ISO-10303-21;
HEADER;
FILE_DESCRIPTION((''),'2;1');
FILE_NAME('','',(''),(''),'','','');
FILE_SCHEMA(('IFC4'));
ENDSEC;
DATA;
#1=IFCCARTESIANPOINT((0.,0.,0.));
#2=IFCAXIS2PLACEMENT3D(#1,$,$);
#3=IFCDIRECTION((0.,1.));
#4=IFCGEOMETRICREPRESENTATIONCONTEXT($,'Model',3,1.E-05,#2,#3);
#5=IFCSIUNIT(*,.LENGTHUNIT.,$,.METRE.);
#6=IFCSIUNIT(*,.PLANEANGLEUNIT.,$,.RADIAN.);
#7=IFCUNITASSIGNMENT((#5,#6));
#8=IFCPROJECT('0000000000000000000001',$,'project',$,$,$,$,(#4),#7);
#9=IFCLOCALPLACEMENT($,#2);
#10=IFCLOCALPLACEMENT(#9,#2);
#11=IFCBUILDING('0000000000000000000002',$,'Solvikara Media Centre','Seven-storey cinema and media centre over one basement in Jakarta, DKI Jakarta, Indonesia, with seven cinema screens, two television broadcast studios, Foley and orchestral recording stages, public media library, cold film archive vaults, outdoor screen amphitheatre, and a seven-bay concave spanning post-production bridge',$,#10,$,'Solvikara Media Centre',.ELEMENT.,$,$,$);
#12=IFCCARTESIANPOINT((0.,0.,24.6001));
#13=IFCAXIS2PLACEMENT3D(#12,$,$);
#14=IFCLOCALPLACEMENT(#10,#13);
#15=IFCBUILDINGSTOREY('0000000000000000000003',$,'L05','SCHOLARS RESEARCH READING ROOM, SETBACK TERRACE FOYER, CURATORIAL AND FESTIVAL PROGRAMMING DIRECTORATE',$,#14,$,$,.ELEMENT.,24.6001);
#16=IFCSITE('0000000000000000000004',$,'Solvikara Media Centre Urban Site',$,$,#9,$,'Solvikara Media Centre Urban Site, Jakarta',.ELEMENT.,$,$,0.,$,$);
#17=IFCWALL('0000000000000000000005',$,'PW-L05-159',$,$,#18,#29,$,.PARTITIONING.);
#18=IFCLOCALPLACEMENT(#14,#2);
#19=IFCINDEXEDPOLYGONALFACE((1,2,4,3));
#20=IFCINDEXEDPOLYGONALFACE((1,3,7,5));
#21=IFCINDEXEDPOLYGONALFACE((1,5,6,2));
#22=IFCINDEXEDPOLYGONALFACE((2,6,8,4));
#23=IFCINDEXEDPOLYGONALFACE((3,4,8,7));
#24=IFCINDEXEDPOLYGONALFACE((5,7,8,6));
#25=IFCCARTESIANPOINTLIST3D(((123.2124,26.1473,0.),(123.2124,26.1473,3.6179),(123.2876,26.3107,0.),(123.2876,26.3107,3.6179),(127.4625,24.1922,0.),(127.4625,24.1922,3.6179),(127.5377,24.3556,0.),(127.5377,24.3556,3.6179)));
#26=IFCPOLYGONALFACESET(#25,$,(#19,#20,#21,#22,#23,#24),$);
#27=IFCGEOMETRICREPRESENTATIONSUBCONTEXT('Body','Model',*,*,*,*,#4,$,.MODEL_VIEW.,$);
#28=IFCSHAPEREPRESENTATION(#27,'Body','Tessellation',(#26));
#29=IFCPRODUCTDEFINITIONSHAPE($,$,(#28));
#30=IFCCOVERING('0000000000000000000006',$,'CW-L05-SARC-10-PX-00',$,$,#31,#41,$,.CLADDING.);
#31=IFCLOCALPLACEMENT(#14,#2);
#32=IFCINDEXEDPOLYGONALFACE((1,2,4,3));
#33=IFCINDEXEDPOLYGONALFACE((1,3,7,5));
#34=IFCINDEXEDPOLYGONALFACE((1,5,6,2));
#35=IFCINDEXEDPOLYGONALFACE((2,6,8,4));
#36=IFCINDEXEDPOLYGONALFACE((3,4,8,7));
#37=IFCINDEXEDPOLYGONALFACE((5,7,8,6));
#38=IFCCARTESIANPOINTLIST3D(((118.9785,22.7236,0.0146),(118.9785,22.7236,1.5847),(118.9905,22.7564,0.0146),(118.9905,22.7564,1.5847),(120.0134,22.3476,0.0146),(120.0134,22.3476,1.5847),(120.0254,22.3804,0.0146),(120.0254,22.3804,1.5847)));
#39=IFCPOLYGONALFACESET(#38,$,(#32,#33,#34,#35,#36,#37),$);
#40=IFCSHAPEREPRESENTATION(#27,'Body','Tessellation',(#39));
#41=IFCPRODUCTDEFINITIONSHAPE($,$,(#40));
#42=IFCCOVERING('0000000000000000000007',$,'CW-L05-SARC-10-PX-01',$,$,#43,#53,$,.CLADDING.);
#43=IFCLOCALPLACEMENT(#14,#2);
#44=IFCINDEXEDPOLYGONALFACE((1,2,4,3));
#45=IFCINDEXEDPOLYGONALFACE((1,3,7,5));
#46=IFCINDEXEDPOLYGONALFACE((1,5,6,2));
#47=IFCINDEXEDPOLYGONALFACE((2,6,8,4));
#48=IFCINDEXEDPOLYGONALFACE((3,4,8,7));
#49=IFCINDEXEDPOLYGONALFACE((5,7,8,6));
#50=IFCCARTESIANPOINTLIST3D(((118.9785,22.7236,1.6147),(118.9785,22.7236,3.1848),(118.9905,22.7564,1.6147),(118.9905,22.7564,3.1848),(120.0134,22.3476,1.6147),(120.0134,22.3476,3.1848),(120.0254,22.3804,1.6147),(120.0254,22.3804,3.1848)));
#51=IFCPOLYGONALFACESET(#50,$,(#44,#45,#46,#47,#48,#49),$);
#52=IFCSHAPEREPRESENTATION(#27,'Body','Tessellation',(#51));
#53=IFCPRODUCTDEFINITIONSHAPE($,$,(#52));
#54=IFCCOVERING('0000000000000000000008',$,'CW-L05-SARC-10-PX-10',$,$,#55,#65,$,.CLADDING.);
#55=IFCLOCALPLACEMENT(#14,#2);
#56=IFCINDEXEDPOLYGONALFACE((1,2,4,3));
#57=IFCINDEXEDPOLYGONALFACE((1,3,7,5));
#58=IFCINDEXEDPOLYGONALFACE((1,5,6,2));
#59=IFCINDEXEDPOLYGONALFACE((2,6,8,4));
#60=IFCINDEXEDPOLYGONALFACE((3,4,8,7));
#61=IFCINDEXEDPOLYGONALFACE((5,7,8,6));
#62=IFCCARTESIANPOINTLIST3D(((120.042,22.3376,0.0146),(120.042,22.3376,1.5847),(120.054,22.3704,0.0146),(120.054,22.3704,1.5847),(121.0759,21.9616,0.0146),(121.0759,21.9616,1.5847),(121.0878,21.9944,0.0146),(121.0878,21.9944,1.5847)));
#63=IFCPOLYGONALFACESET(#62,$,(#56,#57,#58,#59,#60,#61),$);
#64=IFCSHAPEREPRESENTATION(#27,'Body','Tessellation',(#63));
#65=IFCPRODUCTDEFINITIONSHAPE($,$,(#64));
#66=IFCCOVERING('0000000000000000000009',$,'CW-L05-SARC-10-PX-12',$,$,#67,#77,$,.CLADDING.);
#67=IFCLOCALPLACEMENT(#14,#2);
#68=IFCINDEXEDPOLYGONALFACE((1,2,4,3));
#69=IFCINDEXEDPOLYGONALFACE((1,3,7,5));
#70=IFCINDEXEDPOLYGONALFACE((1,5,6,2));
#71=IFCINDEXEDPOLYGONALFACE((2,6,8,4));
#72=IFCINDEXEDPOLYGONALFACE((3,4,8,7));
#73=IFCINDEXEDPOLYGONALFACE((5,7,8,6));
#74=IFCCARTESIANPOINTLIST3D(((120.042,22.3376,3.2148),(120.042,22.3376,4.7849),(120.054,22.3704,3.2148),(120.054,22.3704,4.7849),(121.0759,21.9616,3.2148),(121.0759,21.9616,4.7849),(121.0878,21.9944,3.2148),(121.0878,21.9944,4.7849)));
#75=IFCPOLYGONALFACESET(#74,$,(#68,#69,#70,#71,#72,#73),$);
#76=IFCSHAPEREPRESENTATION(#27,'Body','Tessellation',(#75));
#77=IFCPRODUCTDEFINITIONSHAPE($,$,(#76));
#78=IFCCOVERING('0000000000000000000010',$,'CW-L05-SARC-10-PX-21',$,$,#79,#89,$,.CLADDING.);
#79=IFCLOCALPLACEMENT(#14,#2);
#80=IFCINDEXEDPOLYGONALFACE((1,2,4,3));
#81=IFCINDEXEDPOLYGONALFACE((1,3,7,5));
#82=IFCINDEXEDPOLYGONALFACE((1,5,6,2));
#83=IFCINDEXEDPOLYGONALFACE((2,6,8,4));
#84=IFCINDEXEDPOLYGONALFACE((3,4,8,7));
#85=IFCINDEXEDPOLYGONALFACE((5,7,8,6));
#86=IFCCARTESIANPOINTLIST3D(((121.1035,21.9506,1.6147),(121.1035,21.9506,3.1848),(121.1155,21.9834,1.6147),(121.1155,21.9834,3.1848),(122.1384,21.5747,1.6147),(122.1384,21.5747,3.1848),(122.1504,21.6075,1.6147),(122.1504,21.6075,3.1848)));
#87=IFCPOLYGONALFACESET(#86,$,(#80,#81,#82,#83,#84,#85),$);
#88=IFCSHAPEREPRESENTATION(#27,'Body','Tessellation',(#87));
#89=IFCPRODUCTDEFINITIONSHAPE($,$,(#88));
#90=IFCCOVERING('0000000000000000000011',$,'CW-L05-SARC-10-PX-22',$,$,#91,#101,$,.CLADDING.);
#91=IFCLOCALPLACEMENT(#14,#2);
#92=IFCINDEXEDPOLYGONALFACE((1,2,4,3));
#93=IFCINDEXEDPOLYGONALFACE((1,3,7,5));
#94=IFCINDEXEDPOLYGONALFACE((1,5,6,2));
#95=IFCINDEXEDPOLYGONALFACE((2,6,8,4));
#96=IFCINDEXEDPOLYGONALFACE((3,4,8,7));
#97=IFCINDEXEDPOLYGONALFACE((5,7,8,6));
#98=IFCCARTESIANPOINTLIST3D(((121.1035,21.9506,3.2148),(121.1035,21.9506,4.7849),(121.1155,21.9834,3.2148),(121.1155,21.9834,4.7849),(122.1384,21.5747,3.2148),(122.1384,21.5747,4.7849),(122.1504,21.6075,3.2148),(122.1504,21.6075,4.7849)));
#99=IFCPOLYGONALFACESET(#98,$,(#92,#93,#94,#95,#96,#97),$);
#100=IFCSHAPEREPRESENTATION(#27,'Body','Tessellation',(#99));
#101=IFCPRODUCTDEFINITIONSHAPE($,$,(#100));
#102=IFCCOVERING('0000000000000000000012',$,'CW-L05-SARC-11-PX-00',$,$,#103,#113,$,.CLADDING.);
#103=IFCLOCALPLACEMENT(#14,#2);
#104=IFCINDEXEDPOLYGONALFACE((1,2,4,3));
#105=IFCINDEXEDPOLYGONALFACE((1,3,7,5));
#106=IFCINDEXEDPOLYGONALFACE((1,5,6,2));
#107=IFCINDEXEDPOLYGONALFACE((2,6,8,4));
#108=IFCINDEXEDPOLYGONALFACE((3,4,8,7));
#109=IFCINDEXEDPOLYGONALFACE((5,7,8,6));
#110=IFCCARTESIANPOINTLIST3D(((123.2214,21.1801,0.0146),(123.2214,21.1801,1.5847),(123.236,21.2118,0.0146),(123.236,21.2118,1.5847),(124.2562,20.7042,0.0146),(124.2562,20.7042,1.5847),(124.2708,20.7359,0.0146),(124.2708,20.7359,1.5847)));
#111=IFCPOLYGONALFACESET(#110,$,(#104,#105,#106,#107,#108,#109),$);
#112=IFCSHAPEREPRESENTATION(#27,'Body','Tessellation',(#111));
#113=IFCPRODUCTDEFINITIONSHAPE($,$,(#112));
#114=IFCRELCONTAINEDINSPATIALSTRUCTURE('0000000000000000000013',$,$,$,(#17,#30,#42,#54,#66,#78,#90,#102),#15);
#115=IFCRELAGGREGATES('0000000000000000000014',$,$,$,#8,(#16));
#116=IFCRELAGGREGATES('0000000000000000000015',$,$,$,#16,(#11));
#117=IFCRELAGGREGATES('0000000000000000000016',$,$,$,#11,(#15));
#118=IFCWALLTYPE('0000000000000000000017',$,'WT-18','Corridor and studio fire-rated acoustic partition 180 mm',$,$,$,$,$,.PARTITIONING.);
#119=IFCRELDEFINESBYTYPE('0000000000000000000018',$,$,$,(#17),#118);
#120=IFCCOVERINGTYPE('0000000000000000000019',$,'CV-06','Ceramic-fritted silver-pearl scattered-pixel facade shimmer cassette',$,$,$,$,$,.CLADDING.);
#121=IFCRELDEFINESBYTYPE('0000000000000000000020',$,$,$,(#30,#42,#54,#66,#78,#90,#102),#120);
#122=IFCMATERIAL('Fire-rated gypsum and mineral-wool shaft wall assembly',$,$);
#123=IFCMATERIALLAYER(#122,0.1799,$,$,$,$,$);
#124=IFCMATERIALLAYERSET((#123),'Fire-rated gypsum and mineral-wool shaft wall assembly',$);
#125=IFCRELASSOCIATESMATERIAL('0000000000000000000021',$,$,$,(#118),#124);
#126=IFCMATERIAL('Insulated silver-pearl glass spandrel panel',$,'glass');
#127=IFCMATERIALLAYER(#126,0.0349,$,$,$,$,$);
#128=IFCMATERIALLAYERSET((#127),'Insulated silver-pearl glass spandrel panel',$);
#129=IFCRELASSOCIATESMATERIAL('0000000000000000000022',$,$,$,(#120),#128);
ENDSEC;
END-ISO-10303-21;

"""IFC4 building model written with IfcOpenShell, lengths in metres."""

from ifc_helpers import new_model, si_unit, direction, frame, frame_2d, origin, origin_2d, place, context, subcontext, project, spatial, rectangle, extrude, material, layer, layer_set, type_object, element, save


model = new_model("IFC4")

# Units and contexts
model_context = context("Model", 3, precision=1e-05, world=origin(), true_north=direction((0.0, 1.0)))
body_context = subcontext(model_context, "Body", "Model", "MODEL_VIEW")
ifc_project = project(units=[si_unit("LENGTHUNIT", "METRE"), si_unit("PLANEANGLEUNIT", "RADIAN")], contexts=[model_context])

# Site, building, storey
site_placement = place(None, origin())
site = spatial("IfcSite", under=ifc_project, at=site_placement, Name="Solvikara Media Centre Urban Site", LongName="Solvikara Media Centre Urban Site, Jakarta", CompositionType="ELEMENT", RefElevation=0.0)
building_placement = place(site_placement, origin())
building = spatial("IfcBuilding", under=site, at=building_placement, Name="Solvikara Media Centre", Description="Seven-storey cinema and media centre over one basement in Jakarta, DKI Jakarta, Indonesia, with seven cinema screens, two television broadcast studios, Foley and orchestral recording stages, public media library, cold film archive vaults, outdoor screen amphitheatre, and a seven-bay concave spanning post-production bridge", LongName="Solvikara Media Centre", CompositionType="ELEMENT")
storey_placement = place(building_placement, frame((0.0, 0.0, 24.6001)))
storey = spatial("IfcBuildingStorey", under=building, at=storey_placement, Name="L05", Description="SCHOLARS RESEARCH READING ROOM, SETBACK TERRACE FOYER, CURATORIAL AND FESTIVAL PROGRAMMING DIRECTORATE", CompositionType="ELEMENT", Elevation=24.6001)

# Shared definitions
ifc_material_1 = material(Name="Insulated silver-pearl glass spandrel panel", Category="glass")

# Wall
ifc_material_2 = material(Name="Fire-rated gypsum and mineral-wool shaft wall assembly")
ifc_layer_1 = layer(ifc_material_2, 0.1799)
ifc_layer_set_1 = layer_set([ifc_layer_1], Name="Fire-rated gypsum and mineral-wool shaft wall assembly")
wall_type = type_object("IfcWallType", Name="WT-18", Description="Corridor and studio fire-rated acoustic partition 180 mm", PredefinedType="PARTITIONING", material=ifc_layer_set_1)
wall_placement = place(storey_placement, frame((123.25, 26.229, 0.0), z_axis=(0.0, 0.0, 1.0), x_axis=(0.908484, -0.417919, 0.0)))
element("IfcWall", 1, at=wall_placement, inside=storey, type_object=wall_type, Name="PW-L05-159", PredefinedType="PARTITIONING", context=body_context, shape_type="SweptSolid", body=[
    extrude(rectangle(XDim=4.6782, YDim=0.1799, at=frame_2d((2.3391, 0.0))), origin(), (0.0, 0.0, 1.0), 3.6179),
])

# Coverings
ifc_layer_2 = layer(ifc_material_1, 0.0349)
ifc_layer_set_2 = layer_set([ifc_layer_2], Name="Insulated silver-pearl glass spandrel panel")
covering_type = type_object("IfcCoveringType", Name="CV-06", Description="Ceramic-fritted silver-pearl scattered-pixel facade shimmer cassette", PredefinedType="CLADDING", material=ifc_layer_set_2)
for number, where, z_axis, x_axis, name in (
    (2, (119.502, 22.552, 0.0146), (0.0, 0.0, 1.0), (0.939901, -0.341446, 0.0), "CW-L05-SARC-10-PX-00"),
    (3, (119.502, 22.552, 1.6147), (0.0, 0.0, 1.0), (0.939901, -0.341446, 0.0), "CW-L05-SARC-10-PX-01"),
):
    element("IfcCovering", number, at=place(storey_placement, frame(where, z_axis=z_axis, x_axis=x_axis)), inside=storey, type_object=covering_type, Name=name, PredefinedType="CLADDING", context=body_context, shape_type="SweptSolid", body=[
        extrude(rectangle(XDim=1.1011, YDim=0.0349, at=origin_2d()), origin(), (0.0, 0.0, 1.0), 1.5701),
    ])
for number, where, z_axis, x_axis, name in (
    (4, (120.5649, 22.166, 0.0146), (0.0, 0.0, 1.0), (0.939794, -0.341741, 0.0), "CW-L05-SARC-10-PX-10"),
    (5, (120.5649, 22.166, 3.2148), (0.0, 0.0, 1.0), (0.939794, -0.341741, 0.0), "CW-L05-SARC-10-PX-12"),
):
    element("IfcCovering", number, at=place(storey_placement, frame(where, z_axis=z_axis, x_axis=x_axis)), inside=storey, type_object=covering_type, Name=name, PredefinedType="CLADDING", context=body_context, shape_type="SweptSolid", body=[
        extrude(rectangle(XDim=1.1001, YDim=0.0349, at=origin_2d()), origin(), (0.0, 0.0, 1.0), 1.5701),
    ])
for number, where, z_axis, x_axis, name in (
    (6, (121.627, 21.7791, 1.6147), (0.0, 0.0, 1.0), (0.939901, -0.341446, 0.0), "CW-L05-SARC-10-PX-21"),
    (7, (121.627, 21.7791, 3.2148), (0.0, 0.0, 1.0), (0.939901, -0.341446, 0.0), "CW-L05-SARC-10-PX-22"),
):
    element("IfcCovering", number, at=place(storey_placement, frame(where, z_axis=z_axis, x_axis=x_axis)), inside=storey, type_object=covering_type, Name=name, PredefinedType="CLADDING", context=body_context, shape_type="SweptSolid", body=[
        extrude(rectangle(XDim=1.1011, YDim=0.0349, at=origin_2d()), origin(), (0.0, 0.0, 1.0), 1.5701),
    ])
covering_placement = place(storey_placement, frame((123.7461, 20.958, 0.0146), z_axis=(0.0, 0.0, 1.0), x_axis=(0.908523, -0.417835, 0.0)))
element("IfcCovering", 8, at=covering_placement, inside=storey, type_object=covering_type, Name="CW-L05-SARC-11-PX-00", PredefinedType="CLADDING", context=body_context, shape_type="SweptSolid", body=[
    extrude(rectangle(XDim=1.1389, YDim=0.0349, at=origin_2d()), origin(), (0.0, 0.0, 1.0), 1.5701),
])

save(model, "model.ifc")
